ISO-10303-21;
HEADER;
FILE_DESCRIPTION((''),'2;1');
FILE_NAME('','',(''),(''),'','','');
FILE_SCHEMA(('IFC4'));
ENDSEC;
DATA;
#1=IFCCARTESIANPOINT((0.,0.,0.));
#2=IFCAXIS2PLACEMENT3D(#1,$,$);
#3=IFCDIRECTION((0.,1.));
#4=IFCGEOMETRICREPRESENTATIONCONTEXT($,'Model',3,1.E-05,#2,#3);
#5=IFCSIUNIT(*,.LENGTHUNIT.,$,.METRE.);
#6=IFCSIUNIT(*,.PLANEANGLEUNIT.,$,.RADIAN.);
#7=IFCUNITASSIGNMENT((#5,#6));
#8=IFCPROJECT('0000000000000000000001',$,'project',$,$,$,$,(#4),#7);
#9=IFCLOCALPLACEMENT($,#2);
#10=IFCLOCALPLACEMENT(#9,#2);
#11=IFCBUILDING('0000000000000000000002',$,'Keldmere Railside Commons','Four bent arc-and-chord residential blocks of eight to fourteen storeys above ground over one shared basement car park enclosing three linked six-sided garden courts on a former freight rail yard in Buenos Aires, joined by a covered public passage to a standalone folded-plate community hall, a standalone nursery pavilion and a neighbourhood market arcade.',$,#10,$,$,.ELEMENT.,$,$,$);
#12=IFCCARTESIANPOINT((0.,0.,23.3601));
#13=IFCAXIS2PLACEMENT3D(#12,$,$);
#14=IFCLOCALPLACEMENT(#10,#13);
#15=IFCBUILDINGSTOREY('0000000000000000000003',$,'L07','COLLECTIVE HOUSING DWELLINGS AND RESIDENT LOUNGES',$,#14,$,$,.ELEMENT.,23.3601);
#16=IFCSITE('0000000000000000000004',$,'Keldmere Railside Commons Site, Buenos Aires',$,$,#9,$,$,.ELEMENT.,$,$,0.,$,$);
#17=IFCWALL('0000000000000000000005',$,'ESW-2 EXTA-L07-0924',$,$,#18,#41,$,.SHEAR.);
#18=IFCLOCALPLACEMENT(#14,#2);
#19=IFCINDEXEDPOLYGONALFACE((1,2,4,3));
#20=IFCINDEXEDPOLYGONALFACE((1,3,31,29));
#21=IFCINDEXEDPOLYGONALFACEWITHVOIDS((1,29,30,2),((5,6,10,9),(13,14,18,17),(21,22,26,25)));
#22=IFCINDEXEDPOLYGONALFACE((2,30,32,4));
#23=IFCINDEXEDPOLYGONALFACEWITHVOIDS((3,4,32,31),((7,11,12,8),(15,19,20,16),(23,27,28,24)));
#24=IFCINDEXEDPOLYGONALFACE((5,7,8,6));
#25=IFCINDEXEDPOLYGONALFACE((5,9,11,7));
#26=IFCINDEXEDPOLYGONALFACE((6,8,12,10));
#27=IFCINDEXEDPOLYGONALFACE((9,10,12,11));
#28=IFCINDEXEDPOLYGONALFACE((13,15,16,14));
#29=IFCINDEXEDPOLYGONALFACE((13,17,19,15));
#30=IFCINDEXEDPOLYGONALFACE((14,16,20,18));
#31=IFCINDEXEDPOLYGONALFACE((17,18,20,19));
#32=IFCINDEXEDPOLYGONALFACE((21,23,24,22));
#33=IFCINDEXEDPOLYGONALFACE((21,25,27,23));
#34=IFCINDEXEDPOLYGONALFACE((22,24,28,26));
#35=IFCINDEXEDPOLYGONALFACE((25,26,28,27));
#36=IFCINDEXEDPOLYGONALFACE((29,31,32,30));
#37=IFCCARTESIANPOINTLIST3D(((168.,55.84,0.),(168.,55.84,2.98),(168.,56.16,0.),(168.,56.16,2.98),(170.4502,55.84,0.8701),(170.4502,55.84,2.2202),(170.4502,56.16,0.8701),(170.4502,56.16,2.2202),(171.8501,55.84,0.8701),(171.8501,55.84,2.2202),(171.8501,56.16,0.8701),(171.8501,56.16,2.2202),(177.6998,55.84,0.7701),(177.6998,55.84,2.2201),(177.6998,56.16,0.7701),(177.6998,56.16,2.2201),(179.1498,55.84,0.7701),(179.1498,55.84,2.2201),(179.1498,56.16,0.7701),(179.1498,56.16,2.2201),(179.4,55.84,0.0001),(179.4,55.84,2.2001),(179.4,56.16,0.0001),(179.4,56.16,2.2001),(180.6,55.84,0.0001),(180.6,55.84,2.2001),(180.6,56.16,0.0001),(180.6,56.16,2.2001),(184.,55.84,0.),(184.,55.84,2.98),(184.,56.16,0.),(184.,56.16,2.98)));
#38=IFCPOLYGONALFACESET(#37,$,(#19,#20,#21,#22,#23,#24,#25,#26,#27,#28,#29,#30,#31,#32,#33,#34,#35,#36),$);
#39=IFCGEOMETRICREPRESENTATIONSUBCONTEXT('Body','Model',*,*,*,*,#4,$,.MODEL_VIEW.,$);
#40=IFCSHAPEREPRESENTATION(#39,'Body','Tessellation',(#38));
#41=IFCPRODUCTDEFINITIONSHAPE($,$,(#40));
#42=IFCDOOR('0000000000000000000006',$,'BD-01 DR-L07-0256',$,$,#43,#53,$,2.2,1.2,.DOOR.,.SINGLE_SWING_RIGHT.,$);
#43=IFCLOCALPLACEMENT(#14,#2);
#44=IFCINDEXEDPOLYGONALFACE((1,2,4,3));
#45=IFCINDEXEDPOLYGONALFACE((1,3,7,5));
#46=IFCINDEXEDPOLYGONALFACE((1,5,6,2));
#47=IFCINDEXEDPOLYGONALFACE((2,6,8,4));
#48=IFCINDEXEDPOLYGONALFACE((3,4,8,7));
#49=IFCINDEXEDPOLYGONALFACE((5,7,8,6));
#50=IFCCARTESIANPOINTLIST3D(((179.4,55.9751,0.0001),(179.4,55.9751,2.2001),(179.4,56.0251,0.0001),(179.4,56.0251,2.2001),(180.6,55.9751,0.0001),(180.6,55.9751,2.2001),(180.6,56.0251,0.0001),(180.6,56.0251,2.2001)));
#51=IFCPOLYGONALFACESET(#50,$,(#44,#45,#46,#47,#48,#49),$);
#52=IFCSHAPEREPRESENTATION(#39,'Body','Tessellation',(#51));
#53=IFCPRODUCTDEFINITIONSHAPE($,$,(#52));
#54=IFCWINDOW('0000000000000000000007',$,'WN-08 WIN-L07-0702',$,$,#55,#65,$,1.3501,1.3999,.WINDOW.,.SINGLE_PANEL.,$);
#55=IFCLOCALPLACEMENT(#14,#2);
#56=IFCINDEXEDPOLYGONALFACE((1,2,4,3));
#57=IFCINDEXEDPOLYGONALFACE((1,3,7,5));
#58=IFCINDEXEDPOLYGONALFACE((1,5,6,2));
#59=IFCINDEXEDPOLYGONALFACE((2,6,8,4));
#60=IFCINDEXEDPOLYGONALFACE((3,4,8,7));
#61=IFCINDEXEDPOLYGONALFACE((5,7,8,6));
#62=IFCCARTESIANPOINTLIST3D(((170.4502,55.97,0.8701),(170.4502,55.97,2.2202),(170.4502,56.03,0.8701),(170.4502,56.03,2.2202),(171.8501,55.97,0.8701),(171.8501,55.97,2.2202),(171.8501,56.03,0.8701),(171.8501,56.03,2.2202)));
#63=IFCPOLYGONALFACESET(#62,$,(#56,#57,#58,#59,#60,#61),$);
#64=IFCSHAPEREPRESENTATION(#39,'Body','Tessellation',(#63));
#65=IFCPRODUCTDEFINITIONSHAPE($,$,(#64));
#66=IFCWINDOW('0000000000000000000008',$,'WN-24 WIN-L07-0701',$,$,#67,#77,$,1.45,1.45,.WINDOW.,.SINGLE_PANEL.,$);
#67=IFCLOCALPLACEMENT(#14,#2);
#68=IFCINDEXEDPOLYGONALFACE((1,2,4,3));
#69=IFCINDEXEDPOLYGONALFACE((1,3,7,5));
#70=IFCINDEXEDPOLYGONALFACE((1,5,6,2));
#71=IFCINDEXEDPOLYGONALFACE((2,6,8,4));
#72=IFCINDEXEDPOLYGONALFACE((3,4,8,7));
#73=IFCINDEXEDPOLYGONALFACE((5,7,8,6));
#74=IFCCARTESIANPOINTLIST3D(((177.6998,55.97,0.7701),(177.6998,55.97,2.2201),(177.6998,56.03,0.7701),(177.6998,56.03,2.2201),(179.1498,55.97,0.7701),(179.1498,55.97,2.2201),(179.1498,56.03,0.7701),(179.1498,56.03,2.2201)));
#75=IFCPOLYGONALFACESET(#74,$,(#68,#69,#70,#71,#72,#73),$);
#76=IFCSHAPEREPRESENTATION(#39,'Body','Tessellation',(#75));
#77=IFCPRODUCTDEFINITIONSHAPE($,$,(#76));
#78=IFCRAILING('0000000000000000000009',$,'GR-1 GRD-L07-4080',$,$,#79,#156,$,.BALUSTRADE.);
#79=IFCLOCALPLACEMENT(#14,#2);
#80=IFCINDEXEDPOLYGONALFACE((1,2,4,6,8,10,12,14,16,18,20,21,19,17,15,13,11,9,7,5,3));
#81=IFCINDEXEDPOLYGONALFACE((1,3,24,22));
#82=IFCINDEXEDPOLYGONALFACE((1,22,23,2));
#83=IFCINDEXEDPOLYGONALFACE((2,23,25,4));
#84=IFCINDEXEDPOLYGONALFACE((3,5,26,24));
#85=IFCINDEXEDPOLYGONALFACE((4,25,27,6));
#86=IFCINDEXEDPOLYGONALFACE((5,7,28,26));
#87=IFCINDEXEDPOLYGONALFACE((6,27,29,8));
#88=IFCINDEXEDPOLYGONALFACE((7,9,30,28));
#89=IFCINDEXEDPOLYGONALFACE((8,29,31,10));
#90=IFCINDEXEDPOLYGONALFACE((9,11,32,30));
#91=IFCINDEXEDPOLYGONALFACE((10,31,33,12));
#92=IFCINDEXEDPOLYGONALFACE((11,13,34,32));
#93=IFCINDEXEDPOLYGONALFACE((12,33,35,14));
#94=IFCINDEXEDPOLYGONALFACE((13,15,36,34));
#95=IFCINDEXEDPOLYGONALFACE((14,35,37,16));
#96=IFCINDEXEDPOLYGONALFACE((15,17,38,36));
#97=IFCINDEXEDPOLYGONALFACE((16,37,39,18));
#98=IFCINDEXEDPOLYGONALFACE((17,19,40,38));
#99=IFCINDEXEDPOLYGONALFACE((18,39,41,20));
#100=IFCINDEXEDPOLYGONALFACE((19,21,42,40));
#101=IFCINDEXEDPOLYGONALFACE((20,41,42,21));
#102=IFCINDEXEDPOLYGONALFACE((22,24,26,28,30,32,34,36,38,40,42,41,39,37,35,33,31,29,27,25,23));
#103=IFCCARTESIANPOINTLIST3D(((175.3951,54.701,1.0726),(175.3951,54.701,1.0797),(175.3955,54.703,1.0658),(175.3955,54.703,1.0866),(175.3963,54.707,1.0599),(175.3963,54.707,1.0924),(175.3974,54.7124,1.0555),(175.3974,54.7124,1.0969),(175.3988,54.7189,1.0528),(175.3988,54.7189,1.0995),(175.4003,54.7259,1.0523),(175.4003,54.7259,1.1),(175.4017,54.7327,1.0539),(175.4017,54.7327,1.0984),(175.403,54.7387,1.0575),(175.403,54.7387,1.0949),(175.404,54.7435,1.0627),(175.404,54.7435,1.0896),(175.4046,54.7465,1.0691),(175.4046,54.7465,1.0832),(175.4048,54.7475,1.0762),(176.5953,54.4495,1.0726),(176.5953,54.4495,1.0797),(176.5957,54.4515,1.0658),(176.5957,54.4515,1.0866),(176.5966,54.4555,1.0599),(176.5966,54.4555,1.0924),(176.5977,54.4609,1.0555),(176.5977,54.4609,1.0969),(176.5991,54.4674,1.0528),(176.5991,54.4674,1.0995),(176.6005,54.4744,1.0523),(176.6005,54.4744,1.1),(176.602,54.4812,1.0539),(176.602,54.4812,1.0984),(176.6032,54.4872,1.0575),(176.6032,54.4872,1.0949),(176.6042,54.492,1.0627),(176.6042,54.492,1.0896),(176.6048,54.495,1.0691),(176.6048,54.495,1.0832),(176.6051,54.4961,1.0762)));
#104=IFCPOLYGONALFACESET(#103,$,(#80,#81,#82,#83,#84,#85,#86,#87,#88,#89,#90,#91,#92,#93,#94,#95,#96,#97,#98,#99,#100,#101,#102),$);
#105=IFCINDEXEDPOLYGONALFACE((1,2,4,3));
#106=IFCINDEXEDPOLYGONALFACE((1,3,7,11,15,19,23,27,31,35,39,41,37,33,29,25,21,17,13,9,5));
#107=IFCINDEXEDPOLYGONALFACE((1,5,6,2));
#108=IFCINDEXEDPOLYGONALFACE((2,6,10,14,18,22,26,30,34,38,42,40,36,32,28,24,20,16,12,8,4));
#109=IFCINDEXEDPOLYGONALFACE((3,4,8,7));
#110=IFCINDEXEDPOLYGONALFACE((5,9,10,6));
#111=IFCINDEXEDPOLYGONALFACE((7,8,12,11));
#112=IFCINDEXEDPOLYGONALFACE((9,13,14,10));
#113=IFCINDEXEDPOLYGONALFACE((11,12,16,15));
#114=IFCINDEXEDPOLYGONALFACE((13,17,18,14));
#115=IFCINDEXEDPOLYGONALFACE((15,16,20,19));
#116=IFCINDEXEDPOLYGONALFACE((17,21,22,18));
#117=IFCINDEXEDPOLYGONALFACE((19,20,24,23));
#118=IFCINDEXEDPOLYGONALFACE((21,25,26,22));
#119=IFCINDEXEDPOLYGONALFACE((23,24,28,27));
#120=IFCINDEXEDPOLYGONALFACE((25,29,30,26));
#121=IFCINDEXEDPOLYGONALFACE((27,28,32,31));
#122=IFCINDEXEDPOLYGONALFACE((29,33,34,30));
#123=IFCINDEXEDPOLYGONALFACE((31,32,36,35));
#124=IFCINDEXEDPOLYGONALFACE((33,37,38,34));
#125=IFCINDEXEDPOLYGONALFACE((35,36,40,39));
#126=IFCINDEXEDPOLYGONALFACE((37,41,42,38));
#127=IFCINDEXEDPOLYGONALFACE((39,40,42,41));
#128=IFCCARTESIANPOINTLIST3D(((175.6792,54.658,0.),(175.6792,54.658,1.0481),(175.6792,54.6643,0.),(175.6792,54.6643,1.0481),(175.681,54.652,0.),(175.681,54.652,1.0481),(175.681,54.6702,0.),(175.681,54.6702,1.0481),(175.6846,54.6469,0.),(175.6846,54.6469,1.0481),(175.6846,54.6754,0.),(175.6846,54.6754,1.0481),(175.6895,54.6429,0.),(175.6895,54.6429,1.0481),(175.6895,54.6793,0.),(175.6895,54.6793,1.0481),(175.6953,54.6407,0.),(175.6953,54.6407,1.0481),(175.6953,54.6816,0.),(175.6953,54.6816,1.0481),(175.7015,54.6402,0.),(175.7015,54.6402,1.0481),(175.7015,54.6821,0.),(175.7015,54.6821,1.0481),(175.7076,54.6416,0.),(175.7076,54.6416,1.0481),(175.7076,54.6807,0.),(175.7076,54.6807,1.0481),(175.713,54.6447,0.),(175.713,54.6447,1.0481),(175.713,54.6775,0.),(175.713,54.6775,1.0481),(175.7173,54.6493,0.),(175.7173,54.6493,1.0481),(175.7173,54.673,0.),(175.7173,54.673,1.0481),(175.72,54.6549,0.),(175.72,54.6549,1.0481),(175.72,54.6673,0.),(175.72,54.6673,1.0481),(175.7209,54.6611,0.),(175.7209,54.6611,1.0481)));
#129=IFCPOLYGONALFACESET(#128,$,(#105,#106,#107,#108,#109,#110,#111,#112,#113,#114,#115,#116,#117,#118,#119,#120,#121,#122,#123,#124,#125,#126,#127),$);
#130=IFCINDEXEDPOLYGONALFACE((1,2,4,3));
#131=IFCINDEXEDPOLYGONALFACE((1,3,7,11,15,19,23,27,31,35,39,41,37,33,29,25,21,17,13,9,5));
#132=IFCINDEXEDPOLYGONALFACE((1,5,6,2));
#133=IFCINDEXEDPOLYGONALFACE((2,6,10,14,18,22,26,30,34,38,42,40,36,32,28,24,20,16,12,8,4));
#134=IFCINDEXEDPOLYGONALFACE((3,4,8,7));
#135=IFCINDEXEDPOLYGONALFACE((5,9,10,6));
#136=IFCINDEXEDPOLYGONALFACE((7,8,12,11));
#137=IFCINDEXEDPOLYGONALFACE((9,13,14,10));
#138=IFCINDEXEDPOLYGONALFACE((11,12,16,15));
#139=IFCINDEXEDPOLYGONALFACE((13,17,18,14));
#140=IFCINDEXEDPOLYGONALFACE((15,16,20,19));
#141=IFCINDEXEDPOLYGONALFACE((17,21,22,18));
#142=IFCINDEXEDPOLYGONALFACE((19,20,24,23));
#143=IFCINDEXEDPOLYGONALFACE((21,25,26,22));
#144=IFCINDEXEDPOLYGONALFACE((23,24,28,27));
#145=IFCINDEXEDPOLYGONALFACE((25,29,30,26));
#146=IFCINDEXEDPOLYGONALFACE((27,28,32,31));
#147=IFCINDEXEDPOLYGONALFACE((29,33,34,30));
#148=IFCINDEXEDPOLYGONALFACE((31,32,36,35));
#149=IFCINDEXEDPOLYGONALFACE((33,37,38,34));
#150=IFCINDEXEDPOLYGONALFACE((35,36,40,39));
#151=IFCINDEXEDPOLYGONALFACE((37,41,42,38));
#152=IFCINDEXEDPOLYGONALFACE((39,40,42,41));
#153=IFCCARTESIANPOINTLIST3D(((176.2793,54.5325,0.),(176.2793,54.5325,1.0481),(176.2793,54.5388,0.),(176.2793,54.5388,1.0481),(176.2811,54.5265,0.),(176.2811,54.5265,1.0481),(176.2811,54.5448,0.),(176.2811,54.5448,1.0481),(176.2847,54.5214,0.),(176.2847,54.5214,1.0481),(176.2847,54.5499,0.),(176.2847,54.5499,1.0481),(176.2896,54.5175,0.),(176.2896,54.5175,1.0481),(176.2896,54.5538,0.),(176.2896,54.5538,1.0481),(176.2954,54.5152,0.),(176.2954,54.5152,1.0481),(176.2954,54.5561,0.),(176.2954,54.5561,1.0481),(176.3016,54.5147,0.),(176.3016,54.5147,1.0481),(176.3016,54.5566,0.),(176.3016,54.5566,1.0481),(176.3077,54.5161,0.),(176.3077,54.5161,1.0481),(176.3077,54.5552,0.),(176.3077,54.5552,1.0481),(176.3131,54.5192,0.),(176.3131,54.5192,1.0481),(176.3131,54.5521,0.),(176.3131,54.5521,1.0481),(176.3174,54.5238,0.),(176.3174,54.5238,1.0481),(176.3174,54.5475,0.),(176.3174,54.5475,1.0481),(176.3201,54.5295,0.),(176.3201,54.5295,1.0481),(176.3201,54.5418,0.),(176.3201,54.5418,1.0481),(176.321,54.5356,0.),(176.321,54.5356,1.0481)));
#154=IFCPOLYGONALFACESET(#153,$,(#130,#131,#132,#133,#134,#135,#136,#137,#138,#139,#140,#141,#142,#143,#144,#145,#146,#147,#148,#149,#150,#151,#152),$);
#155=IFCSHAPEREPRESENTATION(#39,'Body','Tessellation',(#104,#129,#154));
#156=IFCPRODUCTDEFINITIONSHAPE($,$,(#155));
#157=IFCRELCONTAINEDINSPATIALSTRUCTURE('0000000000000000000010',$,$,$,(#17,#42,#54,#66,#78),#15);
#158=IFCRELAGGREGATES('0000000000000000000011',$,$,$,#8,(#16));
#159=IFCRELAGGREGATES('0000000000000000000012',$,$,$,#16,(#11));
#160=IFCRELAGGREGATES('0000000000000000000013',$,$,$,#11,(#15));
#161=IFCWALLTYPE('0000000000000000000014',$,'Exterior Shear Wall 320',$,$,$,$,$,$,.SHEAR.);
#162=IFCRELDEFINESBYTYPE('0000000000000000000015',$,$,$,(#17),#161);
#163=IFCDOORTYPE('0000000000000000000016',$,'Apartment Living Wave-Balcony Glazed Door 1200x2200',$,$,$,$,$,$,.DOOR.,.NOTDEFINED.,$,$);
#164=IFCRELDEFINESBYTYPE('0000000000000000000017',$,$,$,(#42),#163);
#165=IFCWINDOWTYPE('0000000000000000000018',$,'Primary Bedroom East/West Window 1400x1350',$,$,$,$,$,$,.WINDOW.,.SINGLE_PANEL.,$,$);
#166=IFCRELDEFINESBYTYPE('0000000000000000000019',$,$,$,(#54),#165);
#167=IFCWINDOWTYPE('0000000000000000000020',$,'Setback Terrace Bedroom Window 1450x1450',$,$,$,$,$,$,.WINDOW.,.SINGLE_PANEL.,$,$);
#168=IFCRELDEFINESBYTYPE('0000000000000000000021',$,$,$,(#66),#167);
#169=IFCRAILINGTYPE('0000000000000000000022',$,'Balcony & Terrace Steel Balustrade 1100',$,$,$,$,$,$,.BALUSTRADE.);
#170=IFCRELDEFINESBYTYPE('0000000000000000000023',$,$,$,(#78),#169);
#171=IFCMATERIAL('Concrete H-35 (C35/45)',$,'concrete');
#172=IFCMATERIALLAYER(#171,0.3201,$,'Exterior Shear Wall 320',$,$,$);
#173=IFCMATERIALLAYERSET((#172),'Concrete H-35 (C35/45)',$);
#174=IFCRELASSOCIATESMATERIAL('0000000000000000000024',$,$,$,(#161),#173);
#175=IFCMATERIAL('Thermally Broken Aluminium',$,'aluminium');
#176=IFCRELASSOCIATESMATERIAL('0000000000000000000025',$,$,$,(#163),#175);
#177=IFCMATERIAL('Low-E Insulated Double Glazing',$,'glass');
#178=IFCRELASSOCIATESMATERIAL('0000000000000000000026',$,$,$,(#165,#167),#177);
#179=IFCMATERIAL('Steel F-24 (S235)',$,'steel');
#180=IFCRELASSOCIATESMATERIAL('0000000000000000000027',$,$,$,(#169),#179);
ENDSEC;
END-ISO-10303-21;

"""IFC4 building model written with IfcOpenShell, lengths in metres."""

from ifc_helpers import new_model, si_unit, direction, frame, frame_2d, origin, origin_2d, place, context, subcontext, project, spatial, rectangle, circle, extrude, material, layer, layer_set, type_object, element, fill, save


model = new_model("IFC4")

# Units and contexts
model_context = context("Model", 3, precision=1e-05, world=origin(), true_north=direction((0.0, 1.0)))
body_context = subcontext(model_context, "Body", "Model", "MODEL_VIEW")
ifc_project = project(units=[si_unit("LENGTHUNIT", "METRE"), si_unit("PLANEANGLEUNIT", "RADIAN")], contexts=[model_context])

# Site, building, storey
site_placement = place(None, origin())
site = spatial("IfcSite", under=ifc_project, at=site_placement, Name="Keldmere Railside Commons Site, Buenos Aires", CompositionType="ELEMENT", RefElevation=0.0)
building_placement = place(site_placement, origin())
building = spatial("IfcBuilding", under=site, at=building_placement, Name="Keldmere Railside Commons", Description="Four bent arc-and-chord residential blocks of eight to fourteen storeys above ground over one shared basement car park enclosing three linked six-sided garden courts on a former freight rail yard in Buenos Aires, joined by a covered public passage to a standalone folded-plate community hall, a standalone nursery pavilion and a neighbourhood market arcade.", CompositionType="ELEMENT")
storey_placement = place(building_placement, frame((0.0, 0.0, 23.3601)))
storey = spatial("IfcBuildingStorey", under=building, at=storey_placement, Name="L07", Description="COLLECTIVE HOUSING DWELLINGS AND RESIDENT LOUNGES", CompositionType="ELEMENT", Elevation=23.3601)

# Shared definitions
ifc_material_1 = material(Name="Concrete H-35 (C35/45)", Category="concrete")

# Shared definitions
ifc_material_2 = material(Name="Steel F-24 (S235)", Category="steel")

# Wall, openings, door, windows
ifc_layer_1 = layer(ifc_material_1, 0.3201, Name="Exterior Shear Wall 320")
ifc_layer_set_1 = layer_set([ifc_layer_1], Name="Concrete H-35 (C35/45)")
wall_type_1 = type_object("IfcWallType", Name="Exterior Shear Wall 320", PredefinedType="SHEAR", material=ifc_layer_set_1)
wall_1_placement = place(storey_placement, frame((184.0, 56.0, 0.0), z_axis=(0.0, 0.0, 1.0), x_axis=(-1.0, 0.0, 0.0)))
wall_1 = element("IfcWall", 1, at=wall_1_placement, inside=storey, type_object=wall_type_1, Name="ESW-2 EXTA-L07-0924", PredefinedType="SHEAR", context=body_context, shape_type="SweptSolid", body=[
    extrude(rectangle(XDim=16.0, YDim=0.3201, at=frame_2d((8.0, 0.0))), origin(), (0.0, 0.0, 1.0), 2.98),
])
opening_1_placement = place(wall_1_placement, frame((3.3999, 0.0, 0.0)))
opening_1 = element("IfcOpeningElement", 2, at=opening_1_placement, cuts=wall_1, PredefinedType="OPENING", context=body_context, shape_type="SweptSolid", body=[
    extrude(rectangle(XDim=1.2, YDim=2.2, at=frame_2d((0.6001, 1.1001))), frame((0.0, 0.1699, 0.0), z_axis=(0.0, -1.0, 0.0), x_axis=(1.0, 0.0, 0.0)), (0.0, 0.0, 1.0), 0.3401),
])
opening_2_placement = place(wall_1_placement, frame((4.8501, 0.0, 0.77)))
opening_2 = element("IfcOpeningElement", 3, at=opening_2_placement, cuts=wall_1, PredefinedType="OPENING", context=body_context, shape_type="SweptSolid", body=[
    extrude(rectangle(XDim=1.45, YDim=1.45, at=frame_2d((0.7251, 0.7251))), frame((0.0, 0.1699, 0.0), z_axis=(0.0, -1.0, 0.0), x_axis=(1.0, 0.0, 0.0)), (0.0, 0.0, 1.0), 0.3401),
])
opening_3_placement = place(wall_1_placement, frame((12.1499, 0.0, 0.8701)))
opening_3 = element("IfcOpeningElement", 4, at=opening_3_placement, cuts=wall_1, PredefinedType="OPENING", context=body_context, shape_type="SweptSolid", body=[
    extrude(rectangle(XDim=1.3999, YDim=1.3501, at=frame_2d((0.7, 0.675))), frame((0.0, 0.1699, 0.0), z_axis=(0.0, -1.0, 0.0), x_axis=(1.0, 0.0, 0.0)), (0.0, 0.0, 1.0), 0.3401),
])
ifc_material_3 = material(Name="Thermally Broken Aluminium", Category="aluminium")
door_type_1 = type_object("IfcDoorType", Name="Apartment Living Wave-Balcony Glazed Door 1200x2200", OperationType="NOTDEFINED", PredefinedType="DOOR", material=ifc_material_3)
door_1_placement = place(opening_1_placement, origin())
door_1 = element("IfcDoor", 5, at=door_1_placement, inside=storey, type_object=door_type_1, Name="BD-01 DR-L07-0256", OperationType="SINGLE_SWING_RIGHT", OverallHeight=2.2, OverallWidth=1.2, PredefinedType="DOOR", context=body_context, shape_type="SweptSolid", body=[
    extrude(rectangle(XDim=1.2, YDim=2.2, at=frame_2d((0.6001, 1.1001))), frame((0.0, 0.0249, 0.0), z_axis=(0.0, -1.0, 0.0), x_axis=(1.0, 0.0, 0.0)), (0.0, 0.0, 1.0), 0.05),
])
fill(opening_1, door_1)
ifc_material_4 = material(Name="Low-E Insulated Double Glazing", Category="glass")
window_type_1 = type_object("IfcWindowType", Name="Primary Bedroom East/West Window 1400x1350", PartitioningType="SINGLE_PANEL", PredefinedType="WINDOW", material=ifc_material_4)
window_1_placement = place(opening_3_placement, origin())
window_1 = element("IfcWindow", 6, at=window_1_placement, inside=storey, type_object=window_type_1, Name="WN-08 WIN-L07-0702", OverallHeight=1.3501, OverallWidth=1.3999, PartitioningType="SINGLE_PANEL", PredefinedType="WINDOW", context=body_context, shape_type="SweptSolid", body=[
    extrude(rectangle(XDim=1.3999, YDim=1.3501, at=frame_2d((0.7, 0.675))), frame((0.0, 0.03, 0.0), z_axis=(0.0, -1.0, 0.0), x_axis=(1.0, 0.0, 0.0)), (0.0, 0.0, 1.0), 0.0601),
])
fill(opening_3, window_1)
window_type_2 = type_object("IfcWindowType", Name="Setback Terrace Bedroom Window 1450x1450", PartitioningType="SINGLE_PANEL", PredefinedType="WINDOW", material=ifc_material_4)
window_2_placement = place(opening_2_placement, origin())
window_2 = element("IfcWindow", 7, at=window_2_placement, inside=storey, type_object=window_type_2, Name="WN-24 WIN-L07-0701", OverallHeight=1.45, OverallWidth=1.45, PartitioningType="SINGLE_PANEL", PredefinedType="WINDOW", context=body_context, shape_type="SweptSolid", body=[
    extrude(rectangle(XDim=1.45, YDim=1.45, at=frame_2d((0.7251, 0.7251))), frame((0.0, 0.03, 0.0), z_axis=(0.0, -1.0, 0.0), x_axis=(1.0, 0.0, 0.0)), (0.0, 0.0, 1.0), 0.0601),
])
fill(opening_2, window_2)

# Railing
railing_type = type_object("IfcRailingType", Name="Balcony & Terrace Steel Balustrade 1100", PredefinedType="BALUSTRADE", material=ifc_material_2)
railing_1_placement = place(storey_placement, frame((175.3999, 54.7241, 0.0)))
element("IfcRailing", 8, at=railing_1_placement, inside=storey, type_object=railing_type, Name="GR-1 GRD-L07-4080", PredefinedType="BALUSTRADE", context=body_context, shape_type="SweptSolid", body=[
    extrude(circle(Radius=0.0239, at=origin_2d()), frame((0.0, 0.0, 1.0762), z_axis=(0.978748, -0.205067, 0.0), x_axis=(0.205067, 0.978748, 0.0)), (0.0, 0.0, 1.0), 1.2263),
    extrude(circle(Radius=0.021, at=origin_2d()), frame((0.3, -0.063, 0.0)), (0.0, 0.0, 1.0), 1.0481),
    extrude(circle(Radius=0.021, at=origin_2d()), frame((0.9001, -0.1885, 0.0)), (0.0, 0.0, 1.0), 1.0481),
])

save(model, "model.ifc")
